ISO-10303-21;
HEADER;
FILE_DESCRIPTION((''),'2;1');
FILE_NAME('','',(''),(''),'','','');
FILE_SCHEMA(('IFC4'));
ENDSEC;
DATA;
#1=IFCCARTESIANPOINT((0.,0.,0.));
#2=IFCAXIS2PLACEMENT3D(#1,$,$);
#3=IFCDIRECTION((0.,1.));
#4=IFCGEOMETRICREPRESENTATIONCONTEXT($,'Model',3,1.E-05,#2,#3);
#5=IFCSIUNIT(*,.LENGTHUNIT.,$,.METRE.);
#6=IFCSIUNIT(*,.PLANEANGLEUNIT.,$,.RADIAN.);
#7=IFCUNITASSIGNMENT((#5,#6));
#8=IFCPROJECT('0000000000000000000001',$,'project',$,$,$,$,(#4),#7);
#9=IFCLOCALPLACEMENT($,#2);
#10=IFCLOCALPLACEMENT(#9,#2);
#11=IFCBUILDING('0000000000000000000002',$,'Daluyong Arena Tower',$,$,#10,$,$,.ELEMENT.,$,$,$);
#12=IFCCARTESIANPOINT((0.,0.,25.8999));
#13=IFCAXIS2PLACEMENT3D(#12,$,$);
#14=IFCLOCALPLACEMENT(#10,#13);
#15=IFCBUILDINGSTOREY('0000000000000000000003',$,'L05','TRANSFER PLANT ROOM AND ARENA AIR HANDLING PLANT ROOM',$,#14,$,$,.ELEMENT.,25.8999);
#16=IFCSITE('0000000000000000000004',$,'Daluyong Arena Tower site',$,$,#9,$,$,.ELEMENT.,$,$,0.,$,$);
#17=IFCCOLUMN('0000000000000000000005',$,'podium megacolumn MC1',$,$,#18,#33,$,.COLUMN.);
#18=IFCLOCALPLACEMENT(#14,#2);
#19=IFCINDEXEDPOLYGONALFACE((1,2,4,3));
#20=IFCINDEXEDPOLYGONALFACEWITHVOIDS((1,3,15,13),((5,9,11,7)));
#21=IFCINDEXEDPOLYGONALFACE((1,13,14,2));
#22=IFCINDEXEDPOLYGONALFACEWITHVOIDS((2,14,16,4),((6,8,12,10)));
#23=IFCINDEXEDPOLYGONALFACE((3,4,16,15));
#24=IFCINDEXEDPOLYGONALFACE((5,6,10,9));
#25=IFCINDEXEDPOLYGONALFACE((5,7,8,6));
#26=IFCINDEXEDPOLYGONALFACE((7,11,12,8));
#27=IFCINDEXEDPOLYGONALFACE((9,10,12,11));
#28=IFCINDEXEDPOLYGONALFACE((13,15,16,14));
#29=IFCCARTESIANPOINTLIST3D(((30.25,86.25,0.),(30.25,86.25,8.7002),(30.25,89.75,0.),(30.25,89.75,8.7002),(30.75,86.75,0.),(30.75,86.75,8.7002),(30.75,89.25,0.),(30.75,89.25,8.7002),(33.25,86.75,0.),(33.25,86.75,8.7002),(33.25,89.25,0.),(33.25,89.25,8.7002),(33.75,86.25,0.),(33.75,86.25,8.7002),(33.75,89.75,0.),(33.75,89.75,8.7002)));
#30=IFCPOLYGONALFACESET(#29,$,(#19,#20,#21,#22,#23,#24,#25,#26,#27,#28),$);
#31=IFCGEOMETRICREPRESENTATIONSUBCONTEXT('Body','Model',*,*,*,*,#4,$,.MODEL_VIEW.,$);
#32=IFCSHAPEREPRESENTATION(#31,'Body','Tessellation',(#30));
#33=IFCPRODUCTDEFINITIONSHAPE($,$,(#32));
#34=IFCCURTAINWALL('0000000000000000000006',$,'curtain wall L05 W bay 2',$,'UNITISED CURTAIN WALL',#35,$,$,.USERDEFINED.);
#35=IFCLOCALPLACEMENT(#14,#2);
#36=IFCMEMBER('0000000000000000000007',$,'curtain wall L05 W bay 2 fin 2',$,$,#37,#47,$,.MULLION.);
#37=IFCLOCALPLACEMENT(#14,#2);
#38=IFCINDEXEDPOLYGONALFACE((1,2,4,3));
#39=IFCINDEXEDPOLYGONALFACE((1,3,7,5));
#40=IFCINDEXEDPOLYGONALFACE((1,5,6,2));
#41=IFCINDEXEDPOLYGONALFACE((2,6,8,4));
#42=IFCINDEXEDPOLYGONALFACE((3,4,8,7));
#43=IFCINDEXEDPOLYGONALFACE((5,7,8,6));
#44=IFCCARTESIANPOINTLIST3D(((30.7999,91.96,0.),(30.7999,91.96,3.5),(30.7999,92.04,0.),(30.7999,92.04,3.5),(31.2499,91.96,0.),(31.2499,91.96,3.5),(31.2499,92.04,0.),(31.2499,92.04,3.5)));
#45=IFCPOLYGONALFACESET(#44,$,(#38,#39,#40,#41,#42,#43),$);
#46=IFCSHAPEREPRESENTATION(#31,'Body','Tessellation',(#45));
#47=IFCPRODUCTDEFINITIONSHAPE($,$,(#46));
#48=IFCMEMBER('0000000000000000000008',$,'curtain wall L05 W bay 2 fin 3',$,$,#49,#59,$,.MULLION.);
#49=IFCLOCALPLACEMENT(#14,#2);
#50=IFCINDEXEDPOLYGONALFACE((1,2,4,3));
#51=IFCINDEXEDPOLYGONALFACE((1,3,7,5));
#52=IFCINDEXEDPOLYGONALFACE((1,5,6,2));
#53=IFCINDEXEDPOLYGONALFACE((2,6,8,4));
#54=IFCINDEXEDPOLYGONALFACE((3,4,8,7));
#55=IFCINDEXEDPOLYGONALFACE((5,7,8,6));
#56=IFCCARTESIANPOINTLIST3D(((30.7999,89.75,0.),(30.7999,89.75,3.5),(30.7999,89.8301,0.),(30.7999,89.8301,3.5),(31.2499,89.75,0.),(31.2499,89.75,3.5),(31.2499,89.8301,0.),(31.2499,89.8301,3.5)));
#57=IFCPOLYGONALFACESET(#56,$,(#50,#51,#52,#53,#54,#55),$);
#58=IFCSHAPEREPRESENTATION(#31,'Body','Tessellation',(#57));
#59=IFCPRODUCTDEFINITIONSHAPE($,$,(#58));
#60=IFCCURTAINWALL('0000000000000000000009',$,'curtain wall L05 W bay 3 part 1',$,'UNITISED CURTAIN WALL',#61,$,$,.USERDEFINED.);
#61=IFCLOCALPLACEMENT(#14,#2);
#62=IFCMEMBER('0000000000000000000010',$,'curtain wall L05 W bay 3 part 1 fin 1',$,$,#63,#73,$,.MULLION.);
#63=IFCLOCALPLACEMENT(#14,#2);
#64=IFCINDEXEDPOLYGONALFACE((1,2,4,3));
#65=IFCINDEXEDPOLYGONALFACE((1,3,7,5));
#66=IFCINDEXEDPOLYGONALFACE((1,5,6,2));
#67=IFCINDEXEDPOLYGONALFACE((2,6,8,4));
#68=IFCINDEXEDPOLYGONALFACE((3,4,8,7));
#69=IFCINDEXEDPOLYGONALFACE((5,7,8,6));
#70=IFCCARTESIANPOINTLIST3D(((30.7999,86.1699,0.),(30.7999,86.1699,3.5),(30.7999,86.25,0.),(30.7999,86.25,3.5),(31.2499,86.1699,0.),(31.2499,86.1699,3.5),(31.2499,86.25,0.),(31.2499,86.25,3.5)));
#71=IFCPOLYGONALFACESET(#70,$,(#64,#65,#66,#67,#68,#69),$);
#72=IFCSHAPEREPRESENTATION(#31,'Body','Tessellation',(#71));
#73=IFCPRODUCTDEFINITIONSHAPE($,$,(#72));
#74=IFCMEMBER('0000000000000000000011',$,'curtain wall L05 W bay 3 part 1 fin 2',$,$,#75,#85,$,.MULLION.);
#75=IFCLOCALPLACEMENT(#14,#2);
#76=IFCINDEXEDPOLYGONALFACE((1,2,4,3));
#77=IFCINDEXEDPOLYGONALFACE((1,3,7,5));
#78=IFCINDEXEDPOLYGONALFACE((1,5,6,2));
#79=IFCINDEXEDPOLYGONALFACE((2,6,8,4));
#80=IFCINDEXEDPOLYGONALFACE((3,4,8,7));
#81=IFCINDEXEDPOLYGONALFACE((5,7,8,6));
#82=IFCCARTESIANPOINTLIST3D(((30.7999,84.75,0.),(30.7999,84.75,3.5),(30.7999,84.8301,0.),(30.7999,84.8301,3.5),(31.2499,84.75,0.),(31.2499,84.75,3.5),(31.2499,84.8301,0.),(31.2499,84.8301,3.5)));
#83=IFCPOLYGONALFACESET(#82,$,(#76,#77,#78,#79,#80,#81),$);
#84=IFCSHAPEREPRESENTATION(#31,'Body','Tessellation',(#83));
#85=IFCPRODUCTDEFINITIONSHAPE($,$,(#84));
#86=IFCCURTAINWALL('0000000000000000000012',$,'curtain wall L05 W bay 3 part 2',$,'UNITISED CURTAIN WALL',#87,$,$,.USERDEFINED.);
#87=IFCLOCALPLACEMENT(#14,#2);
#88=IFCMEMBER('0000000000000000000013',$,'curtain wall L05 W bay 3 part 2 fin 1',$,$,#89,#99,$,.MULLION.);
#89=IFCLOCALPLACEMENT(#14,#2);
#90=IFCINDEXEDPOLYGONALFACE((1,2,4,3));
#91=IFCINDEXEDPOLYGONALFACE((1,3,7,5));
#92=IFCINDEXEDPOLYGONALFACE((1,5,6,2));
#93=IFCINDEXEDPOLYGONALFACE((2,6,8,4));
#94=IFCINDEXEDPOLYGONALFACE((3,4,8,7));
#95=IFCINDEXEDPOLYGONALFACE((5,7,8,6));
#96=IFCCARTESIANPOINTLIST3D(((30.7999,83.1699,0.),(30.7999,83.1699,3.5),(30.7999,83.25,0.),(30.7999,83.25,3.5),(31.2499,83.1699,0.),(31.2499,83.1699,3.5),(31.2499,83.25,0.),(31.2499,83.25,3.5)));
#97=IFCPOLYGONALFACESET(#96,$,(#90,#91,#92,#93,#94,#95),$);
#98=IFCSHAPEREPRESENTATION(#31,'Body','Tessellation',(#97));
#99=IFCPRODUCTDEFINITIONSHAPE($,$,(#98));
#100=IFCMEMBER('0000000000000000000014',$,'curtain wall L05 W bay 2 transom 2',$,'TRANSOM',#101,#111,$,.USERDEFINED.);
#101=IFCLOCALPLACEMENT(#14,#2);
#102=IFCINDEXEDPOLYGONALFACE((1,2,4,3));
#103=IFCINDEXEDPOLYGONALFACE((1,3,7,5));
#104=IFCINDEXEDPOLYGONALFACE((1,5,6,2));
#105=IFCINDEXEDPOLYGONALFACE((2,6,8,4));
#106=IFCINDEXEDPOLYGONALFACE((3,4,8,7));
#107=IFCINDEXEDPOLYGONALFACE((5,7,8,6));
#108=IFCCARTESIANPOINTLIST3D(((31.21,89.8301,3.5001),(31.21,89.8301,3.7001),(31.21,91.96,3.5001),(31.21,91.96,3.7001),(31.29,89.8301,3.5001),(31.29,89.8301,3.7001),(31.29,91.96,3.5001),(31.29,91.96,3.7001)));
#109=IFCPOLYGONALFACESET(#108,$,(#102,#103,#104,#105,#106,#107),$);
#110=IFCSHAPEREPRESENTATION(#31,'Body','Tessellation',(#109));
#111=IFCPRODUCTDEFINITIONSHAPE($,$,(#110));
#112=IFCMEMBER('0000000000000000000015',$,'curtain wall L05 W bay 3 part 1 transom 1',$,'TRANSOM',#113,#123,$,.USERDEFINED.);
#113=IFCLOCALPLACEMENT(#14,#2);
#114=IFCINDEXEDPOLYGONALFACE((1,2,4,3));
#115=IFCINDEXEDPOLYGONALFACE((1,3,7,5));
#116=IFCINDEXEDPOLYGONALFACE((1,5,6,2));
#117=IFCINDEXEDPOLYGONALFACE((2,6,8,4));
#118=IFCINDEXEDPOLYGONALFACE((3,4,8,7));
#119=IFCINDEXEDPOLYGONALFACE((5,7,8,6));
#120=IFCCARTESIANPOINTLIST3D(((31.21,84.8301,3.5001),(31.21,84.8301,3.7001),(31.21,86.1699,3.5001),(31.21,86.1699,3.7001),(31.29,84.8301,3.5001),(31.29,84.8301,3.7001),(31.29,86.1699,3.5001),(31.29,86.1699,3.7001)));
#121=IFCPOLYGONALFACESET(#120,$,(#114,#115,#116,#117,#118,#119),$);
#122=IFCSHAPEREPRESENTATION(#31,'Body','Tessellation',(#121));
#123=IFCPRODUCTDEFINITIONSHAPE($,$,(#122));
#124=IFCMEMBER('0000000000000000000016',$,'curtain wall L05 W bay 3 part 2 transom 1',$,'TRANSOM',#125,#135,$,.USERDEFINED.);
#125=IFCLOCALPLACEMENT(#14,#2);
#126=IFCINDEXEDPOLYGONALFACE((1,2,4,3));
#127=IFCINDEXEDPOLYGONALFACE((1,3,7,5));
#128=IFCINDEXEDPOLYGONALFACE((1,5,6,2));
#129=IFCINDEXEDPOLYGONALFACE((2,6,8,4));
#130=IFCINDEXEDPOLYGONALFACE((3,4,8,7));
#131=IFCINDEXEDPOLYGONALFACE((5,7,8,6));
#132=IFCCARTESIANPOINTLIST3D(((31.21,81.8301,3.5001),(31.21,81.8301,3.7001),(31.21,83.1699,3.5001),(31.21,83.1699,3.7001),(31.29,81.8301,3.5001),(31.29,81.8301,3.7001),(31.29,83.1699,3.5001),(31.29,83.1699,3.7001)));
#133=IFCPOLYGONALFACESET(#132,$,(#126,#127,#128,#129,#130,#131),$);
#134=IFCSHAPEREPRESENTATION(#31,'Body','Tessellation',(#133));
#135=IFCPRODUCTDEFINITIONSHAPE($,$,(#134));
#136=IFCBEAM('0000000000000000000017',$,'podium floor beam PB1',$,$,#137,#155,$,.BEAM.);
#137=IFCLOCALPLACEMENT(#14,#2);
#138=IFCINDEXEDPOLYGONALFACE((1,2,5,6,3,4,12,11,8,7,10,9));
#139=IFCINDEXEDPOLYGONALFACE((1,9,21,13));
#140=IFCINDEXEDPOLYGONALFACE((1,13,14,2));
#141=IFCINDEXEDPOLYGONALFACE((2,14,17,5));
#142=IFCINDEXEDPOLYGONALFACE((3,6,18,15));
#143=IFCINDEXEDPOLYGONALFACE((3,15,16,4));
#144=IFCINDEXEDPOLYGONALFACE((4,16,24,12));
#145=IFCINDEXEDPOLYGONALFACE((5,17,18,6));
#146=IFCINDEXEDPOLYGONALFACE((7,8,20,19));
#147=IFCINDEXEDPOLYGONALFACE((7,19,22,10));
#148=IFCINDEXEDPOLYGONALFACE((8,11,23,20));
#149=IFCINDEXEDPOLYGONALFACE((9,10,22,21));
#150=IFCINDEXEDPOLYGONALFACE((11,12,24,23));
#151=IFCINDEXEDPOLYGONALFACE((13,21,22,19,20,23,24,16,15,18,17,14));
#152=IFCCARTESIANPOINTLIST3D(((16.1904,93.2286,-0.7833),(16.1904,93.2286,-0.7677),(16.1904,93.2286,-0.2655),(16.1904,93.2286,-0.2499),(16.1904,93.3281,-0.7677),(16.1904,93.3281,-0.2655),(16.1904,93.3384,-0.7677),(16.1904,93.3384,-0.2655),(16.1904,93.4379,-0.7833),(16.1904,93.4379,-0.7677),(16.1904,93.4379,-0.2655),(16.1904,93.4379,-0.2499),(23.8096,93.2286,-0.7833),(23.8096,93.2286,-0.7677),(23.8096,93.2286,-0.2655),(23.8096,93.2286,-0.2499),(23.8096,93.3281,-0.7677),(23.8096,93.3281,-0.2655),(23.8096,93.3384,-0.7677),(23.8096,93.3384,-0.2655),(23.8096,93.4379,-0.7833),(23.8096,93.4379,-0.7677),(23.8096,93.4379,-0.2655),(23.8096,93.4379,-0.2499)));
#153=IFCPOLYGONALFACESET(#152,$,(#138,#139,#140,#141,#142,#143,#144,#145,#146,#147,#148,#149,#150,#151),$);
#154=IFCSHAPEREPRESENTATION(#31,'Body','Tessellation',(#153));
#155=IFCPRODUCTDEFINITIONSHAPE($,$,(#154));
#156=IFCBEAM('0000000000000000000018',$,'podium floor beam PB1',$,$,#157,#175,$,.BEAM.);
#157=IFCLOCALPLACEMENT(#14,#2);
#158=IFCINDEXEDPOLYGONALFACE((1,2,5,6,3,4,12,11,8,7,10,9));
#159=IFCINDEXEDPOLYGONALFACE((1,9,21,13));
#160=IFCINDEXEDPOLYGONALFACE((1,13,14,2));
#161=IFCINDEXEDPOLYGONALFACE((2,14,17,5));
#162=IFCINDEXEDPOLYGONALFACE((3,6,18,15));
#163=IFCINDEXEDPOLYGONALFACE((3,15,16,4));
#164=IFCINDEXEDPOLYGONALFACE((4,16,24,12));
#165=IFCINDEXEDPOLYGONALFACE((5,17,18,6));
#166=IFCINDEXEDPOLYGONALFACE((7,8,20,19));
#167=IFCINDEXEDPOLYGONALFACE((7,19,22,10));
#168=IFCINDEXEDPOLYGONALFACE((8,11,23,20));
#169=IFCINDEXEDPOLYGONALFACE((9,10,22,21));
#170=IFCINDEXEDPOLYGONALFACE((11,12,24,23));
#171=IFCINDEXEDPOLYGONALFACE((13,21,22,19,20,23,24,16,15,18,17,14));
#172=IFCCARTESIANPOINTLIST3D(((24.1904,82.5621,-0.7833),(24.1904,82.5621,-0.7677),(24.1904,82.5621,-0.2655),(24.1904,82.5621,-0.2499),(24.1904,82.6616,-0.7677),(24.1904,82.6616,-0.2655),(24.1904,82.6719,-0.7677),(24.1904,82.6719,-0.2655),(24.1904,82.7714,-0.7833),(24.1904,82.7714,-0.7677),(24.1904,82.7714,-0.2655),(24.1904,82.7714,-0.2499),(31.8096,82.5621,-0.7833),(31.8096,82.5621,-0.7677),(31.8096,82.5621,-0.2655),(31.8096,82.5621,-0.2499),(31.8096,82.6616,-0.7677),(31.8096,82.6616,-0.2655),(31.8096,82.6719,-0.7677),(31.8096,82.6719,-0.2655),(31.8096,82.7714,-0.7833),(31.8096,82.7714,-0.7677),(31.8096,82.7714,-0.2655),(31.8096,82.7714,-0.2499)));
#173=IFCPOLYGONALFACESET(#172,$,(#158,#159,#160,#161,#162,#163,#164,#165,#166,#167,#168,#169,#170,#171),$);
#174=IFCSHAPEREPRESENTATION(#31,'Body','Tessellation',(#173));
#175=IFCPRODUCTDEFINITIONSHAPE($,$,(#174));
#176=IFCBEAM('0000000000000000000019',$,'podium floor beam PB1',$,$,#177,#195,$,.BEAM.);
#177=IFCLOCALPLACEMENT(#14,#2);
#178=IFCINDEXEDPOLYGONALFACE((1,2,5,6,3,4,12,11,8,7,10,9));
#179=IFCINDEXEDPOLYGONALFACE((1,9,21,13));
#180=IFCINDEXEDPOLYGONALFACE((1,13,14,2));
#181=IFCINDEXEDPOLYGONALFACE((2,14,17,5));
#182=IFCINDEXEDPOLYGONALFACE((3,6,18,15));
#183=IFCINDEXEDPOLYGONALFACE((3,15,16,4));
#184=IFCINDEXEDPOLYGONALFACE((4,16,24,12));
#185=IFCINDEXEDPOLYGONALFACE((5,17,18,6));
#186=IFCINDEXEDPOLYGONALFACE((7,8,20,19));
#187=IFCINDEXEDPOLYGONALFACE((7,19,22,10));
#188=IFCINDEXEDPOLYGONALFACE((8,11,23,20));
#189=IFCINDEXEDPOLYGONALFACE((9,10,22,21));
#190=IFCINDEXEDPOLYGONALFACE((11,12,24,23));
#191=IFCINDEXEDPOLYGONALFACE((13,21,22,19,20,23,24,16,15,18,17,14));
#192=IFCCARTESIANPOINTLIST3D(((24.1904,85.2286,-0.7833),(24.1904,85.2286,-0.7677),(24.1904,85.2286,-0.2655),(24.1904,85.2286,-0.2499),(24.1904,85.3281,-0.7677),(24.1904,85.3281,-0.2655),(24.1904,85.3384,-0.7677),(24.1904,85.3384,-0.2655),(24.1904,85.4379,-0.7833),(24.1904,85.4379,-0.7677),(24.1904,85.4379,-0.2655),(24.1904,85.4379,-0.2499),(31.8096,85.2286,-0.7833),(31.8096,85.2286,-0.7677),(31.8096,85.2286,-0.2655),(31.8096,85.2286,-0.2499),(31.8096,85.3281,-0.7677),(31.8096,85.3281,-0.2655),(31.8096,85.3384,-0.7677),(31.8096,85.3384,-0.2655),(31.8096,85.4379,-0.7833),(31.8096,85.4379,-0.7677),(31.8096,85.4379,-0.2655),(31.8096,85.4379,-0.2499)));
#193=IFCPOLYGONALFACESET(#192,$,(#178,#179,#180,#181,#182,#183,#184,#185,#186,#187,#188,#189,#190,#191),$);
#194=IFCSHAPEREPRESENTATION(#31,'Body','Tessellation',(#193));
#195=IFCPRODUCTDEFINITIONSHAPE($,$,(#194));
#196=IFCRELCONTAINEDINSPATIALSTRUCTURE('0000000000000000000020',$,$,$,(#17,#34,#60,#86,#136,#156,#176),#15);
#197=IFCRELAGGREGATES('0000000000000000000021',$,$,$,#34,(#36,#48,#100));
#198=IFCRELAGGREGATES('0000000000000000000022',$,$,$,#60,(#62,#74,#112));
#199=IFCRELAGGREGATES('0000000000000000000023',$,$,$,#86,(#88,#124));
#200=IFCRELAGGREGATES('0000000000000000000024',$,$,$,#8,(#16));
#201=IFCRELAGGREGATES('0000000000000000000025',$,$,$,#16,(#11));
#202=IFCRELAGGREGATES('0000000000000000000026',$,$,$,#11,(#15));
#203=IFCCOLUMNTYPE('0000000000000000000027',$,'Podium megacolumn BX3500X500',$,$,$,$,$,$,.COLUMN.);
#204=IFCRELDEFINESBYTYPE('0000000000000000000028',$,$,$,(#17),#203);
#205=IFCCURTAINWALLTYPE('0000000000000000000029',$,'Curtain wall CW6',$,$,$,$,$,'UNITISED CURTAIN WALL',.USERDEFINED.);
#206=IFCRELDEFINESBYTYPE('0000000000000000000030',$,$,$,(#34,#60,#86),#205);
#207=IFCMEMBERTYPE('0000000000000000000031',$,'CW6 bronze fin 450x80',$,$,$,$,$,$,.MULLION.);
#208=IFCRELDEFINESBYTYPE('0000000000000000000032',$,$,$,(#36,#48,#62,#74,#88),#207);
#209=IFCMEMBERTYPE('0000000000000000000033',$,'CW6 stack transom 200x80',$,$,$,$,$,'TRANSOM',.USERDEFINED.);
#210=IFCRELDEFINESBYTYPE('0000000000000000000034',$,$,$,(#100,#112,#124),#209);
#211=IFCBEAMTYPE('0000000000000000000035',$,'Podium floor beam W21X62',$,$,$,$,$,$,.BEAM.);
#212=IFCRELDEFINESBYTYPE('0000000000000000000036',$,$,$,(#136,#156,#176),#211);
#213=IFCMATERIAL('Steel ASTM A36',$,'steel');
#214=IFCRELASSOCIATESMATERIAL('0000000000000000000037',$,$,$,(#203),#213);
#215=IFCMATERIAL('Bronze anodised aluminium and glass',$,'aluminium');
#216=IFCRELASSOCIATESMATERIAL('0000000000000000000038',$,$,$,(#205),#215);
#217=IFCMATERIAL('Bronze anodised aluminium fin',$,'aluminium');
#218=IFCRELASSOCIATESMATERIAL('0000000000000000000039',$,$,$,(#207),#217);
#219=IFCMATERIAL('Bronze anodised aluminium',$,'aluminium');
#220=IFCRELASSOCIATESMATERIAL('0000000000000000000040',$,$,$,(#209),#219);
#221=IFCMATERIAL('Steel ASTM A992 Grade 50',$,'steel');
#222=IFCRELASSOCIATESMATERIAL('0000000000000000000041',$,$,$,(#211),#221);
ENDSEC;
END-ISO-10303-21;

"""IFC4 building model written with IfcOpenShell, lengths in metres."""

from ifc_helpers import new_model, si_unit, direction, frame, origin, origin_2d, place, context, subcontext, project, spatial, rectangle, hollow_rectangle, i_section, extrude, material, material_profile, profile_set, type_object, element, aggregate, save


model = new_model("IFC4")

# Units and contexts
model_context = context("Model", 3, precision=1e-05, world=origin(), true_north=direction((0.0, 1.0)))
body_context = subcontext(model_context, "Body", "Model", "MODEL_VIEW")
ifc_project = project(units=[si_unit("LENGTHUNIT", "METRE"), si_unit("PLANEANGLEUNIT", "RADIAN")], contexts=[model_context])

# Site, building, storey
site_placement = place(None, origin())
site = spatial("IfcSite", under=ifc_project, at=site_placement, Name="Daluyong Arena Tower site", CompositionType="ELEMENT", RefElevation=0.0)
building_placement = place(site_placement, origin())
building = spatial("IfcBuilding", under=site, at=building_placement, Name="Daluyong Arena Tower", CompositionType="ELEMENT")
storey_placement = place(building_placement, frame((0.0, 0.0, 25.8999)))
storey = spatial("IfcBuildingStorey", under=building, at=storey_placement, Name="L05", Description="TRANSFER PLANT ROOM AND ARENA AIR HANDLING PLANT ROOM", CompositionType="ELEMENT", Elevation=25.8999)

# Column
ifc_material_1 = material(Name="Steel ASTM A36", Category="steel")
ifc_material_profile_1 = material_profile(ifc_material_1, hollow_rectangle(XDim=3.5, YDim=3.5, WallThickness=0.5, at=origin_2d()))
ifc_profile_set_1 = profile_set([ifc_material_profile_1], Name="Steel ASTM A36")
column_type = type_object("IfcColumnType", Name="Podium megacolumn BX3500X500", PredefinedType="COLUMN", material=ifc_profile_set_1)
column_placement = place(storey_placement, frame((32.0, 88.0, 0.0), z_axis=(0.0, 0.0, 1.0), x_axis=(1.0, 0.0, 0.0)))
element("IfcColumn", 1, at=column_placement, inside=storey, type_object=column_type, Name="podium megacolumn MC1", PredefinedType="COLUMN", context=body_context, shape_type="SweptSolid", body=[
    extrude(hollow_rectangle(XDim=3.5, YDim=3.5, WallThickness=0.5, at=origin_2d()), origin(), (0.0, 0.0, 1.0), 8.7002),
])

# Curtain walls, members
ifc_material_2 = material(Name="Bronze anodised aluminium and glass", Category="aluminium")
curtain_wall_type = type_object("IfcCurtainWallType", Name="Curtain wall CW6", ElementType="UNITISED CURTAIN WALL", PredefinedType="USERDEFINED", material=ifc_material_2)
curtain_wall_1_placement = place(storey_placement, origin())
curtain_wall_1 = element("IfcCurtainWall", 2, at=curtain_wall_1_placement, inside=storey, type_object=curtain_wall_type, Name="curtain wall L05 W bay 2", ObjectType="UNITISED CURTAIN WALL", PredefinedType="USERDEFINED")
ifc_material_3 = material(Name="Bronze anodised aluminium fin", Category="aluminium")
ifc_material_profile_2 = material_profile(ifc_material_3, rectangle(XDim=0.45, YDim=0.0801, at=origin_2d()))
ifc_profile_set_2 = profile_set([ifc_material_profile_2], Name="Bronze anodised aluminium fin")
member_type_1 = type_object("IfcMemberType", Name="CW6 bronze fin 450x80", PredefinedType="MULLION", material=ifc_profile_set_2)
member_1_placement = place(storey_placement, frame((31.0249, 92.0, 0.0), z_axis=(0.0, 0.0, 1.0), x_axis=(1.0, 0.0, 0.0)))
member_1 = element("IfcMember", 3, at=member_1_placement, type_object=member_type_1, Name="curtain wall L05 W bay 2 fin 2", PredefinedType="MULLION", context=body_context, shape_type="SweptSolid", body=[
    extrude(rectangle(XDim=0.45, YDim=0.0801, at=origin_2d()), origin(), (0.0, 0.0, 1.0), 3.5),
])
member_2_placement = place(storey_placement, frame((31.0249, 89.79, 0.0), z_axis=(0.0, 0.0, 1.0), x_axis=(1.0, 0.0, 0.0)))
member_2 = element("IfcMember", 4, at=member_2_placement, type_object=member_type_1, Name="curtain wall L05 W bay 2 fin 3", PredefinedType="MULLION", context=body_context, shape_type="SweptSolid", body=[
    extrude(rectangle(XDim=0.45, YDim=0.0801, at=origin_2d()), origin(), (0.0, 0.0, 1.0), 3.5),
])
curtain_wall_2_placement = place(storey_placement, origin())
curtain_wall_2 = element("IfcCurtainWall", 5, at=curtain_wall_2_placement, inside=storey, type_object=curtain_wall_type, Name="curtain wall L05 W bay 3 part 1", ObjectType="UNITISED CURTAIN WALL", PredefinedType="USERDEFINED")
member_3_placement = place(storey_placement, frame((31.0249, 86.21, 0.0), z_axis=(0.0, 0.0, 1.0), x_axis=(1.0, 0.0, 0.0)))
member_3 = element("IfcMember", 6, at=member_3_placement, type_object=member_type_1, Name="curtain wall L05 W bay 3 part 1 fin 1", PredefinedType="MULLION", context=body_context, shape_type="SweptSolid", body=[
    extrude(rectangle(XDim=0.45, YDim=0.0801, at=origin_2d()), origin(), (0.0, 0.0, 1.0), 3.5),
])
member_4_placement = place(storey_placement, frame((31.0249, 84.79, 0.0), z_axis=(0.0, 0.0, 1.0), x_axis=(1.0, 0.0, 0.0)))
member_4 = element("IfcMember", 7, at=member_4_placement, type_object=member_type_1, Name="curtain wall L05 W bay 3 part 1 fin 2", PredefinedType="MULLION", context=body_context, shape_type="SweptSolid", body=[
    extrude(rectangle(XDim=0.45, YDim=0.0801, at=origin_2d()), origin(), (0.0, 0.0, 1.0), 3.5),
])

# Curtain wall, member
curtain_wall_3_placement = place(storey_placement, origin())
curtain_wall_3 = element("IfcCurtainWall", 8, at=curtain_wall_3_placement, inside=storey, type_object=curtain_wall_type, Name="curtain wall L05 W bay 3 part 2", ObjectType="UNITISED CURTAIN WALL", PredefinedType="USERDEFINED")
member_5_placement = place(storey_placement, frame((31.0249, 83.21, 0.0), z_axis=(0.0, 0.0, 1.0), x_axis=(1.0, 0.0, 0.0)))
member_5 = element("IfcMember", 9, at=member_5_placement, type_object=member_type_1, Name="curtain wall L05 W bay 3 part 2 fin 1", PredefinedType="MULLION", context=body_context, shape_type="SweptSolid", body=[
    extrude(rectangle(XDim=0.45, YDim=0.0801, at=origin_2d()), origin(), (0.0, 0.0, 1.0), 3.5),
])

# Members
ifc_material_4 = material(Name="Bronze anodised aluminium", Category="aluminium")
ifc_material_profile_3 = material_profile(ifc_material_4, rectangle(XDim=0.0801, YDim=0.2, at=origin_2d()))
ifc_profile_set_3 = profile_set([ifc_material_profile_3], Name="Bronze anodised aluminium")
member_type_2 = type_object("IfcMemberType", Name="CW6 stack transom 200x80", ElementType="TRANSOM", PredefinedType="USERDEFINED", material=ifc_profile_set_3)
member_6_placement = place(storey_placement, frame((31.25, 91.96, 3.6001), z_axis=(0.0, -1.0, 0.0), x_axis=(1.0, 0.0, 0.0)))
member_6 = element("IfcMember", 10, at=member_6_placement, type_object=member_type_2, Name="curtain wall L05 W bay 2 transom 2", ObjectType="TRANSOM", PredefinedType="USERDEFINED", context=body_context, shape_type="SweptSolid", body=[
    extrude(rectangle(XDim=0.0801, YDim=0.2, at=origin_2d()), origin(), (0.0, 0.0, 1.0), 2.1299),
])
member_7_placement = place(storey_placement, frame((31.25, 86.1699, 3.6001), z_axis=(0.0, -1.0, 0.0), x_axis=(1.0, 0.0, 0.0)))
member_7 = element("IfcMember", 11, at=member_7_placement, type_object=member_type_2, Name="curtain wall L05 W bay 3 part 1 transom 1", ObjectType="TRANSOM", PredefinedType="USERDEFINED", context=body_context, shape_type="SweptSolid", body=[
    extrude(rectangle(XDim=0.0801, YDim=0.2, at=origin_2d()), origin(), (0.0, 0.0, 1.0), 1.3398),
])
member_8_placement = place(storey_placement, frame((31.25, 83.1699, 3.6001), z_axis=(0.0, -1.0, 0.0), x_axis=(1.0, 0.0, 0.0)))
member_8 = element("IfcMember", 12, at=member_8_placement, type_object=member_type_2, Name="curtain wall L05 W bay 3 part 2 transom 1", ObjectType="TRANSOM", PredefinedType="USERDEFINED", context=body_context, shape_type="SweptSolid", body=[
    extrude(rectangle(XDim=0.0801, YDim=0.2, at=origin_2d()), origin(), (0.0, 0.0, 1.0), 1.3398),
])

# Beams
ifc_material_5 = material(Name="Steel ASTM A992 Grade 50", Category="steel")
ifc_material_profile_4 = material_profile(ifc_material_5, i_section(OverallWidth=0.2092, OverallDepth=0.5334, WebThickness=0.0103, FlangeThickness=0.0156, at=origin_2d()))
ifc_profile_set_4 = profile_set([ifc_material_profile_4], Name="Steel ASTM A992 Grade 50")
beam_type_1 = type_object("IfcBeamType", Name="Podium floor beam W21X62", PredefinedType="BEAM", material=ifc_profile_set_4)
for number, where, z_axis, x_axis, name in (
    (13, (16.1904, 93.3333, -0.5166), (1.0, 0.0, 0.0), (0.0, 1.0, 0.0), "podium floor beam PB1"),
    (14, (24.1904, 82.6667, -0.5166), (1.0, 0.0, 0.0), (0.0, 1.0, 0.0), "podium floor beam PB1"),
    (15, (24.1904, 85.3333, -0.5166), (1.0, 0.0, 0.0), (0.0, 1.0, 0.0), "podium floor beam PB1"),
):
    element("IfcBeam", number, at=place(storey_placement, frame(where, z_axis=z_axis, x_axis=x_axis)), inside=storey, type_object=beam_type_1, Name=name, PredefinedType="BEAM", context=body_context, shape_type="SweptSolid", body=[
        extrude(i_section(OverallWidth=0.2092, OverallDepth=0.5334, WebThickness=0.0103, FlangeThickness=0.0156, at=origin_2d()), origin(), (0.0, 0.0, 1.0), 7.6191),
    ])

aggregate(curtain_wall_1, [member_1, member_2, member_6])
aggregate(curtain_wall_2, [member_3, member_4, member_7])
aggregate(curtain_wall_3, [member_5, member_8])

save(model, "model.ifc")
